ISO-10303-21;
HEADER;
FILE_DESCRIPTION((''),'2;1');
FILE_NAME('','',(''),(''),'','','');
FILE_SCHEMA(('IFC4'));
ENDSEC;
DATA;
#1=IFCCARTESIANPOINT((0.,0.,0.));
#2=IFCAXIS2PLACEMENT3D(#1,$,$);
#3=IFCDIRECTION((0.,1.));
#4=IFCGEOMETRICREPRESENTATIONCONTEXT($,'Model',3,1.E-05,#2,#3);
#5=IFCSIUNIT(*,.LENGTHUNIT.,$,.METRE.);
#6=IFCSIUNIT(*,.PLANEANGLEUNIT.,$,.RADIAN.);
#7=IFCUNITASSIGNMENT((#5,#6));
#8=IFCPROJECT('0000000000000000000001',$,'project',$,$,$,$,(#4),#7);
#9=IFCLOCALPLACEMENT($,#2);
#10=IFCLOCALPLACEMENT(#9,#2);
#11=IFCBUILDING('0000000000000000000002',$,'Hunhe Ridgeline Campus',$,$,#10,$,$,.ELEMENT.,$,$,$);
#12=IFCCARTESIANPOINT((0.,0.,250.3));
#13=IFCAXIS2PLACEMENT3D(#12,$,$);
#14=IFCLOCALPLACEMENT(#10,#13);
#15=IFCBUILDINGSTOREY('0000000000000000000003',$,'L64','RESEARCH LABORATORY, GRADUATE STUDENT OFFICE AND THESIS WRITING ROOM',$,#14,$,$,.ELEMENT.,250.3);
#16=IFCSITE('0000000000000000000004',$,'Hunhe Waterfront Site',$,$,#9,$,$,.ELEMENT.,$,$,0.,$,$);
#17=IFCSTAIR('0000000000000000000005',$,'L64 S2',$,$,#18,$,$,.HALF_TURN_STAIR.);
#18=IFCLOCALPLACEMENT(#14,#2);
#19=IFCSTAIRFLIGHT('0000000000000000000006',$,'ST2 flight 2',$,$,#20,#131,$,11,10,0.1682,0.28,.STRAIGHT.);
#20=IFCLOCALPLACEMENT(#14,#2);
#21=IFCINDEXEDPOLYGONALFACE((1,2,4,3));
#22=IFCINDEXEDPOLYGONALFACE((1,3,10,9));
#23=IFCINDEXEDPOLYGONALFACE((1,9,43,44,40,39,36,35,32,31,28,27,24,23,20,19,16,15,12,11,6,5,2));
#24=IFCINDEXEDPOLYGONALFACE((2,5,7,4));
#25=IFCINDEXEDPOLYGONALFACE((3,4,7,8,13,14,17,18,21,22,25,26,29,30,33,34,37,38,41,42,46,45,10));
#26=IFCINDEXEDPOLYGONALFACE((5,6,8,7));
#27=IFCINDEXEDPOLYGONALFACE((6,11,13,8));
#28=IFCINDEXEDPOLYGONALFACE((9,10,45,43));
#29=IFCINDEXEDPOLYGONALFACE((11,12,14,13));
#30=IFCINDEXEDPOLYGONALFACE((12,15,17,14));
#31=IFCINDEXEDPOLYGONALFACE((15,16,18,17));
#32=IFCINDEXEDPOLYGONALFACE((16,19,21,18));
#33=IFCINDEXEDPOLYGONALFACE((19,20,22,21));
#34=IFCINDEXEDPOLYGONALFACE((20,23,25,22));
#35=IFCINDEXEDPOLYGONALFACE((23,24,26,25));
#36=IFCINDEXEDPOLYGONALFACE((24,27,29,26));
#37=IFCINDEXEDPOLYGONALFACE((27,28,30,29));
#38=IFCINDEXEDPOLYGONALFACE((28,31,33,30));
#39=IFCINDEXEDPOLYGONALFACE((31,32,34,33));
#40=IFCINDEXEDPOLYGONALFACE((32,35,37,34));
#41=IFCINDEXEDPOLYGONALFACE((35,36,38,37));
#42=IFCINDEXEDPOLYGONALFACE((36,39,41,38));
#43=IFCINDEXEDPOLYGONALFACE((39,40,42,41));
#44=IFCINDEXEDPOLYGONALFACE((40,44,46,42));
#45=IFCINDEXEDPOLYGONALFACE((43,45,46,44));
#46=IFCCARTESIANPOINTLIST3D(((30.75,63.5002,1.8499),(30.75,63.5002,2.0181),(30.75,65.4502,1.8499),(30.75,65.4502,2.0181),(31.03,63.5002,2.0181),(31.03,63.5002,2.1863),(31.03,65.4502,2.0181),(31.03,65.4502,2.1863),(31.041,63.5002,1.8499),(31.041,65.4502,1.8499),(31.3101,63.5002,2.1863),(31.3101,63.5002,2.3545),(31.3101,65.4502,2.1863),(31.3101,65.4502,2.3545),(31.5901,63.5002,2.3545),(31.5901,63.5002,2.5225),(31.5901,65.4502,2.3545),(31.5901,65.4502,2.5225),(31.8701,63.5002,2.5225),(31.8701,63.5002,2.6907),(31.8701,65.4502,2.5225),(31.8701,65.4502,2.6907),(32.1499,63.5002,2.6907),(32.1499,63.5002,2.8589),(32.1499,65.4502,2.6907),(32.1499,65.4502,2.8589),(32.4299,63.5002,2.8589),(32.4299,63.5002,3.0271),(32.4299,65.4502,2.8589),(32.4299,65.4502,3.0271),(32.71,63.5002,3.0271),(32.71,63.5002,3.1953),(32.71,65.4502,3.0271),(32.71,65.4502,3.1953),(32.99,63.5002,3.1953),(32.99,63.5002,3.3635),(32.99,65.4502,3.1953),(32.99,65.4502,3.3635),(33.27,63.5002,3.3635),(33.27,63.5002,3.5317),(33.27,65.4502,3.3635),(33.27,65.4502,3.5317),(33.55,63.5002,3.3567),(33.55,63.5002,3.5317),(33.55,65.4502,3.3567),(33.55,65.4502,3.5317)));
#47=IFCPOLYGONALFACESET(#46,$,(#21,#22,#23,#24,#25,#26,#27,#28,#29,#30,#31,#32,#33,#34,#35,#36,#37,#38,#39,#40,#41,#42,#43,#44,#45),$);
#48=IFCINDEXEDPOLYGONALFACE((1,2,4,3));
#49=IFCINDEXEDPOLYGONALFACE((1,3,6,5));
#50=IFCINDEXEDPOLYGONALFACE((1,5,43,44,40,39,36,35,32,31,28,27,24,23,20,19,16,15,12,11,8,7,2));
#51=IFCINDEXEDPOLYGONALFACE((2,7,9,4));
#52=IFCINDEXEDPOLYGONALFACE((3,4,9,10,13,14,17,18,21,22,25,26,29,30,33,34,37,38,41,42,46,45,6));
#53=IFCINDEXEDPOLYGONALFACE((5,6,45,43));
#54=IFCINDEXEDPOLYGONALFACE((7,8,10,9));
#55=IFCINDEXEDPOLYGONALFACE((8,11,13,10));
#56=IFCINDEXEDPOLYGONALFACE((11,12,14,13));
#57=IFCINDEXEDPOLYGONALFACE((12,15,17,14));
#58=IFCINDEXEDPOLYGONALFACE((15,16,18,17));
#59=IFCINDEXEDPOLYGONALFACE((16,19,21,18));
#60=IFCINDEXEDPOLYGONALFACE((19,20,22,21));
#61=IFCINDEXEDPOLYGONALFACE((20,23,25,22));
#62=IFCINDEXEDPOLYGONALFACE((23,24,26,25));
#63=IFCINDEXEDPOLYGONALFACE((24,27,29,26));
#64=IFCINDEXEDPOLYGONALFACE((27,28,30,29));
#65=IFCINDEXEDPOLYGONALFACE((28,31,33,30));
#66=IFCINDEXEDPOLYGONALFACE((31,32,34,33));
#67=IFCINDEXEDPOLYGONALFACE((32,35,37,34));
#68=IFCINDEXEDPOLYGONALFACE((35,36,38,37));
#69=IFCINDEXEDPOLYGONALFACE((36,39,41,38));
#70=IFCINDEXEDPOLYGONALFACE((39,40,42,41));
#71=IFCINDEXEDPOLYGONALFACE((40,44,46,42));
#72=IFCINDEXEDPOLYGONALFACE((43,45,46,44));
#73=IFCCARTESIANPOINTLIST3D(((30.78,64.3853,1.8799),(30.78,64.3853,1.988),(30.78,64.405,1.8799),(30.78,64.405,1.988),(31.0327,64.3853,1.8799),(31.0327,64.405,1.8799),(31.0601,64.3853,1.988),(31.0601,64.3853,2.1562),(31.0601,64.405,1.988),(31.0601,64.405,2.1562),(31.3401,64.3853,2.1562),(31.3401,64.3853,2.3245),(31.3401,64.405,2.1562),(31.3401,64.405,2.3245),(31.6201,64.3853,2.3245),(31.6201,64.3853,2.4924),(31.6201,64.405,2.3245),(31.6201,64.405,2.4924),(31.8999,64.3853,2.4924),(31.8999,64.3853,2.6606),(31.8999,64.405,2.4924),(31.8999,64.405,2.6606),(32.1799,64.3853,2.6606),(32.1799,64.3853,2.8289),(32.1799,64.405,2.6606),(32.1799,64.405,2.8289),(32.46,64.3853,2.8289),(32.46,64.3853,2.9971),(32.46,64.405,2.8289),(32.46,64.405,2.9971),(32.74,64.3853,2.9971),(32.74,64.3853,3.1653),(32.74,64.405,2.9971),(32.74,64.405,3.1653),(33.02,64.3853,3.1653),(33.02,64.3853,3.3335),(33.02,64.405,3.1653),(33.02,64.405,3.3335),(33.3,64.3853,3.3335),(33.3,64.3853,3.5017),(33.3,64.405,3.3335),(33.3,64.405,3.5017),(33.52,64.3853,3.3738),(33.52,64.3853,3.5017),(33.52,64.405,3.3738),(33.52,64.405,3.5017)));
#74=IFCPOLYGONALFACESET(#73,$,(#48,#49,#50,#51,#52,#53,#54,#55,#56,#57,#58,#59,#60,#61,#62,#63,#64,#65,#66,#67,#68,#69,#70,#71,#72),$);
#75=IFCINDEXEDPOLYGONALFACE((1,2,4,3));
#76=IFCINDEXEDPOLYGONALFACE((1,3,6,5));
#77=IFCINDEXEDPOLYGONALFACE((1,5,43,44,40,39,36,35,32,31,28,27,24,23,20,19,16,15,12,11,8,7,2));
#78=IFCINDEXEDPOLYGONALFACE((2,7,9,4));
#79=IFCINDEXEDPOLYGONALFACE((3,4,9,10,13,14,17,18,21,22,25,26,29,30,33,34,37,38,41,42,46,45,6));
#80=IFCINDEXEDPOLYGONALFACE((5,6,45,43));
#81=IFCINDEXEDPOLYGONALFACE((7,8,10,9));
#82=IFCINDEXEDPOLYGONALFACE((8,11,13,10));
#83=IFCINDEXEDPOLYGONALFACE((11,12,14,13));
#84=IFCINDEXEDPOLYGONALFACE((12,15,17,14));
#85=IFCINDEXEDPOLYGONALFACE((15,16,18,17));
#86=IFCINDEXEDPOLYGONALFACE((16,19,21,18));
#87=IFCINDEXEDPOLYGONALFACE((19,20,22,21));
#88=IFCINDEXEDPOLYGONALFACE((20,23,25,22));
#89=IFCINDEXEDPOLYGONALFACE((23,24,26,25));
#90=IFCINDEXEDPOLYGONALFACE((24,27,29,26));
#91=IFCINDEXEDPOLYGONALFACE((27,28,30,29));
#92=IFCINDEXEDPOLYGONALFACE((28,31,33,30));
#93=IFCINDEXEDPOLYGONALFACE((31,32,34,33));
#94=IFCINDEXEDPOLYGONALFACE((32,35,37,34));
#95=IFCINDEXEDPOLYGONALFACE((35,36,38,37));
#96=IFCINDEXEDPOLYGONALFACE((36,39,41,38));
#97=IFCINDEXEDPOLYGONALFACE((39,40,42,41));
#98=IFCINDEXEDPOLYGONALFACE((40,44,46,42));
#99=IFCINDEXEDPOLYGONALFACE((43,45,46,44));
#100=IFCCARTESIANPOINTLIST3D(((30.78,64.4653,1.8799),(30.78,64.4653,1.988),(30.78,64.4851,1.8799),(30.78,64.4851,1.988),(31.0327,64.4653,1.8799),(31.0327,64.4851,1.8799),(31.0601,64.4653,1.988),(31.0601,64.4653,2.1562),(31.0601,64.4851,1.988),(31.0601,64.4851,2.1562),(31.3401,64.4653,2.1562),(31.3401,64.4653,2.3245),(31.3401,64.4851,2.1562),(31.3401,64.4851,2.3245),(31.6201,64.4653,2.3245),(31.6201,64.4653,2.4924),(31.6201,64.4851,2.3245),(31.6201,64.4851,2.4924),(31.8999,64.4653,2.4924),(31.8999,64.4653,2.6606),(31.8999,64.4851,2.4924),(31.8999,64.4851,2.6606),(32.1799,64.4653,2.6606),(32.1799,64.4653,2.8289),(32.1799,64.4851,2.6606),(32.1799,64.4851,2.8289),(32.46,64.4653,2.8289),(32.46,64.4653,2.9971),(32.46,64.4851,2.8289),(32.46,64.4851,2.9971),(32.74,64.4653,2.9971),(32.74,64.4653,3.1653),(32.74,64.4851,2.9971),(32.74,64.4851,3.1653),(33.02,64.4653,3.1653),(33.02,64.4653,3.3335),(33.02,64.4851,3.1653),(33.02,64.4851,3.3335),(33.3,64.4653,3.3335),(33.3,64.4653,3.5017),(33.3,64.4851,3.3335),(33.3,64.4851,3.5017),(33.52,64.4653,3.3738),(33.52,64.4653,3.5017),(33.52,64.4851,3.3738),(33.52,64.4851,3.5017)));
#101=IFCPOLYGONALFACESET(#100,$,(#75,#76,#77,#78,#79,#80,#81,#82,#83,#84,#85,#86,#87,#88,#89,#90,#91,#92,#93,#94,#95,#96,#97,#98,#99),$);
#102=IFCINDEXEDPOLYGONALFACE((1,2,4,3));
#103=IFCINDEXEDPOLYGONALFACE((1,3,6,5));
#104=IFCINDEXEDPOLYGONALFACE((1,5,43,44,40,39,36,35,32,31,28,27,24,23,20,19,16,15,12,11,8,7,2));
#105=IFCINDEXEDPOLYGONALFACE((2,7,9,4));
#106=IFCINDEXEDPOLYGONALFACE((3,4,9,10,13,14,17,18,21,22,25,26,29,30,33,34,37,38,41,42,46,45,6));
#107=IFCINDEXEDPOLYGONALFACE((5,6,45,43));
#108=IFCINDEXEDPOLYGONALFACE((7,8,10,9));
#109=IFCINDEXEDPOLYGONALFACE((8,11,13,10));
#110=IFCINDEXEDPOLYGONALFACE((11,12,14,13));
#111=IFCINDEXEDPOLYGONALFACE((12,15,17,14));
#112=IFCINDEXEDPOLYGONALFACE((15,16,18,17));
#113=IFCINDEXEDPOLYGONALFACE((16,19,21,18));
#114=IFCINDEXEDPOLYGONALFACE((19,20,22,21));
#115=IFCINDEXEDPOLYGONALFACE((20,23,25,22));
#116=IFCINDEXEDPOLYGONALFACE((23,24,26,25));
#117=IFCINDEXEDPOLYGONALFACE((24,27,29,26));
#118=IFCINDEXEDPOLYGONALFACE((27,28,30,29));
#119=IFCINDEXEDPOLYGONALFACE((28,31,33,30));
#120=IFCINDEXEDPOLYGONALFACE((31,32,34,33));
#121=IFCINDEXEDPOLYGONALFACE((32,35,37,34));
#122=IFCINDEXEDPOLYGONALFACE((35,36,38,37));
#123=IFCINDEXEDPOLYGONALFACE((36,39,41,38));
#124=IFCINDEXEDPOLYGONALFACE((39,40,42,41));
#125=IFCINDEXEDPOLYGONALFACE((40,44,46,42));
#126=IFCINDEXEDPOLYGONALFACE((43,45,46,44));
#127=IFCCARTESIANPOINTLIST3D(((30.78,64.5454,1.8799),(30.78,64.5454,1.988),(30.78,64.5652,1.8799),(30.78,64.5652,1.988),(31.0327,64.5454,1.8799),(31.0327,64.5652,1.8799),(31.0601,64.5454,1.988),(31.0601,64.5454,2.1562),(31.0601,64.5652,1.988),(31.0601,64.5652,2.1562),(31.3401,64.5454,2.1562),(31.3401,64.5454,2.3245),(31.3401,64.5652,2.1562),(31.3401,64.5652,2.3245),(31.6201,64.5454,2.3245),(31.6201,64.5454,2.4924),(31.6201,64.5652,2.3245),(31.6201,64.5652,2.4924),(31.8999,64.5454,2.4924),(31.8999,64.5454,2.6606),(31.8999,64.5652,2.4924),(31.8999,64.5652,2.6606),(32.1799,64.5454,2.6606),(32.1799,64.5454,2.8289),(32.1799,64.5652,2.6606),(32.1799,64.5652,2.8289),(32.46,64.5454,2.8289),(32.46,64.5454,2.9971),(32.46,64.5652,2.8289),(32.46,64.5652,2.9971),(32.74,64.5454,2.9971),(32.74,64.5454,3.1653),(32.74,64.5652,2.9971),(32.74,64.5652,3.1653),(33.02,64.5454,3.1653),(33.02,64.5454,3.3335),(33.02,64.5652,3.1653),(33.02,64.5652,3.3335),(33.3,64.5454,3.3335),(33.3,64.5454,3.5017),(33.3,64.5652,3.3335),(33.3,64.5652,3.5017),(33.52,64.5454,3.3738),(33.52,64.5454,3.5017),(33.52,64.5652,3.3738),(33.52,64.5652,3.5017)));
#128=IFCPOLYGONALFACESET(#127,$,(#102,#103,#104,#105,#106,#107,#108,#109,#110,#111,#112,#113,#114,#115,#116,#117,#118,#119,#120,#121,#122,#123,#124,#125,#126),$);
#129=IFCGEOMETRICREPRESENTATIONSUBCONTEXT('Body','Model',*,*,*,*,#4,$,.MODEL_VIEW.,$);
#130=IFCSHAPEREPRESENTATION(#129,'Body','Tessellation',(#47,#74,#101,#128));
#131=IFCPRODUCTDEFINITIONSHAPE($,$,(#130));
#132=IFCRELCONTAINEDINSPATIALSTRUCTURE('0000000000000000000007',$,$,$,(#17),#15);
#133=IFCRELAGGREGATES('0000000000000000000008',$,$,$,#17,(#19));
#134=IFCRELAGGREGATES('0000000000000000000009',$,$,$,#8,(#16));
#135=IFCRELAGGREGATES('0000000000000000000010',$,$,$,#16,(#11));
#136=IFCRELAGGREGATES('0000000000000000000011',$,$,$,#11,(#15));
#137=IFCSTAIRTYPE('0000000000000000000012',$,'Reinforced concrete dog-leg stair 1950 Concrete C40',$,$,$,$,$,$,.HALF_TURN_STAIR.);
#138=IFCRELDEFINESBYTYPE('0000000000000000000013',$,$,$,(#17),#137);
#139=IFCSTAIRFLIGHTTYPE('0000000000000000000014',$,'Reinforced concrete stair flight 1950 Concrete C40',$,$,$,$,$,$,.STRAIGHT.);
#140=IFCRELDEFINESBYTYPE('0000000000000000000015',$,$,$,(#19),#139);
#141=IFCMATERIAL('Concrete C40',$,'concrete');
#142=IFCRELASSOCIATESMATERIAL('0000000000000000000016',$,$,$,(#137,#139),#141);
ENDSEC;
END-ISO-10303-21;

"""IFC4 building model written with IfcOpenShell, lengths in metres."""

from ifc_helpers import new_model, si_unit, direction, frame, origin, place, context, subcontext, project, spatial, polyline, outline, extrude, material, type_object, element, aggregate, save


model = new_model("IFC4")

# Units and contexts
model_context = context("Model", 3, precision=1e-05, world=origin(), true_north=direction((0.0, 1.0)))
body_context = subcontext(model_context, "Body", "Model", "MODEL_VIEW")
ifc_project = project(units=[si_unit("LENGTHUNIT", "METRE"), si_unit("PLANEANGLEUNIT", "RADIAN")], contexts=[model_context])

# Site, building, storey
site_placement = place(None, origin())
site = spatial("IfcSite", under=ifc_project, at=site_placement, Name="Hunhe Waterfront Site", CompositionType="ELEMENT", RefElevation=0.0)
building_placement = place(site_placement, origin())
building = spatial("IfcBuilding", under=site, at=building_placement, Name="Hunhe Ridgeline Campus", CompositionType="ELEMENT")
storey_placement = place(building_placement, frame((0.0, 0.0, 250.3)))
storey = spatial("IfcBuildingStorey", under=building, at=storey_placement, Name="L64", Description="RESEARCH LABORATORY, GRADUATE STUDENT OFFICE AND THESIS WRITING ROOM", CompositionType="ELEMENT", Elevation=250.3)

# Stair, stair flight
ifc_material_1 = material(Name="Concrete C40", Category="concrete")
stair_type = type_object("IfcStairType", Name="Reinforced concrete dog-leg stair 1950 Concrete C40", PredefinedType="HALF_TURN_STAIR", material=ifc_material_1)
stair_placement = place(storey_placement, origin())
stair = element("IfcStair", 1, at=stair_placement, inside=storey, type_object=stair_type, Name="L64 S2", PredefinedType="HALF_TURN_STAIR")
stair_flight_type = type_object("IfcStairFlightType", Name="Reinforced concrete stair flight 1950 Concrete C40", PredefinedType="STRAIGHT", material=ifc_material_1)
stair_flight_1_placement = place(storey_placement, frame((30.75, 64.4751, 1.8499), z_axis=(0.0, 0.0, 1.0), x_axis=(1.0, 0.0, 0.0)))
stair_flight_1 = element("IfcStairFlight", 2, at=stair_flight_1_placement, type_object=stair_flight_type, Name="ST2 flight 2", NumberOfRisers=11, NumberOfTreads=10, PredefinedType="STRAIGHT", RiserHeight=0.1682, TreadLength=0.28, context=body_context, shape_type="SweptSolid", body=[
    extrude(outline(polyline([(0.0, 0.0), (0.0, 0.1682), (0.28, 0.1682), (0.28, 0.3364), (0.5601, 0.3364), (0.5601, 0.5046), (0.8401, 0.5046), (0.8401, 0.6726), (1.1201, 0.6726), (1.1201, 0.8408), (1.3999, 0.8408), (1.3999, 1.009), (1.6799, 1.009), (1.6799, 1.1772), (1.96, 1.1772), (1.96, 1.3455), (2.24, 1.3455), (2.24, 1.5137), (2.52, 1.5137), (2.52, 1.6819), (2.8, 1.6819), (2.8, 1.8501), (2.8, 1.5068), (0.291, 0.0), (0.0, 0.0)])), frame((0.0, 0.9751, 0.0), z_axis=(0.0, -1.0, 0.0), x_axis=(1.0, 0.0, 0.0)), (0.0, 0.0, 1.0), 1.95),
    extrude(outline(polyline([(0.03, 0.03), (0.03, 0.1382), (0.3101, 0.1382), (0.3101, 0.3064), (0.5901, 0.3064), (0.5901, 0.4746), (0.8701, 0.4746), (0.8701, 0.6426), (1.1499, 0.6426), (1.1499, 0.8108), (1.4299, 0.8108), (1.4299, 0.979), (1.71, 0.979), (1.71, 1.1472), (1.99, 1.1472), (1.99, 1.3154), (2.27, 1.3154), (2.27, 1.4836), (2.55, 1.4836), (2.55, 1.6519), (2.77, 1.6519), (2.77, 1.5239), (0.2827, 0.03), (0.03, 0.03)])), frame((0.0, -0.0701, 0.0), z_axis=(0.0, -1.0, 0.0), x_axis=(1.0, 0.0, 0.0)), (0.0, 0.0, 1.0), 0.0198),
    extrude(outline(polyline([(0.03, 0.03), (0.03, 0.1382), (0.3101, 0.1382), (0.3101, 0.3064), (0.5901, 0.3064), (0.5901, 0.4746), (0.8701, 0.4746), (0.8701, 0.6426), (1.1499, 0.6426), (1.1499, 0.8108), (1.4299, 0.8108), (1.4299, 0.979), (1.71, 0.979), (1.71, 1.1472), (1.99, 1.1472), (1.99, 1.3154), (2.27, 1.3154), (2.27, 1.4836), (2.55, 1.4836), (2.55, 1.6519), (2.77, 1.6519), (2.77, 1.5239), (0.2827, 0.03), (0.03, 0.03)])), frame((0.0, 0.01, 0.0), z_axis=(0.0, -1.0, 0.0), x_axis=(1.0, 0.0, 0.0)), (0.0, 0.0, 1.0), 0.0198),
    extrude(outline(polyline([(0.03, 0.03), (0.03, 0.1382), (0.3101, 0.1382), (0.3101, 0.3064), (0.5901, 0.3064), (0.5901, 0.4746), (0.8701, 0.4746), (0.8701, 0.6426), (1.1499, 0.6426), (1.1499, 0.8108), (1.4299, 0.8108), (1.4299, 0.979), (1.71, 0.979), (1.71, 1.1472), (1.99, 1.1472), (1.99, 1.3154), (2.27, 1.3154), (2.27, 1.4836), (2.55, 1.4836), (2.55, 1.6519), (2.77, 1.6519), (2.77, 1.5239), (0.2827, 0.03), (0.03, 0.03)])), frame((0.0, 0.0901, 0.0), z_axis=(0.0, -1.0, 0.0), x_axis=(1.0, 0.0, 0.0)), (0.0, 0.0, 1.0), 0.0198),
])
aggregate(stair, [stair_flight_1])

save(model, "model.ifc")
